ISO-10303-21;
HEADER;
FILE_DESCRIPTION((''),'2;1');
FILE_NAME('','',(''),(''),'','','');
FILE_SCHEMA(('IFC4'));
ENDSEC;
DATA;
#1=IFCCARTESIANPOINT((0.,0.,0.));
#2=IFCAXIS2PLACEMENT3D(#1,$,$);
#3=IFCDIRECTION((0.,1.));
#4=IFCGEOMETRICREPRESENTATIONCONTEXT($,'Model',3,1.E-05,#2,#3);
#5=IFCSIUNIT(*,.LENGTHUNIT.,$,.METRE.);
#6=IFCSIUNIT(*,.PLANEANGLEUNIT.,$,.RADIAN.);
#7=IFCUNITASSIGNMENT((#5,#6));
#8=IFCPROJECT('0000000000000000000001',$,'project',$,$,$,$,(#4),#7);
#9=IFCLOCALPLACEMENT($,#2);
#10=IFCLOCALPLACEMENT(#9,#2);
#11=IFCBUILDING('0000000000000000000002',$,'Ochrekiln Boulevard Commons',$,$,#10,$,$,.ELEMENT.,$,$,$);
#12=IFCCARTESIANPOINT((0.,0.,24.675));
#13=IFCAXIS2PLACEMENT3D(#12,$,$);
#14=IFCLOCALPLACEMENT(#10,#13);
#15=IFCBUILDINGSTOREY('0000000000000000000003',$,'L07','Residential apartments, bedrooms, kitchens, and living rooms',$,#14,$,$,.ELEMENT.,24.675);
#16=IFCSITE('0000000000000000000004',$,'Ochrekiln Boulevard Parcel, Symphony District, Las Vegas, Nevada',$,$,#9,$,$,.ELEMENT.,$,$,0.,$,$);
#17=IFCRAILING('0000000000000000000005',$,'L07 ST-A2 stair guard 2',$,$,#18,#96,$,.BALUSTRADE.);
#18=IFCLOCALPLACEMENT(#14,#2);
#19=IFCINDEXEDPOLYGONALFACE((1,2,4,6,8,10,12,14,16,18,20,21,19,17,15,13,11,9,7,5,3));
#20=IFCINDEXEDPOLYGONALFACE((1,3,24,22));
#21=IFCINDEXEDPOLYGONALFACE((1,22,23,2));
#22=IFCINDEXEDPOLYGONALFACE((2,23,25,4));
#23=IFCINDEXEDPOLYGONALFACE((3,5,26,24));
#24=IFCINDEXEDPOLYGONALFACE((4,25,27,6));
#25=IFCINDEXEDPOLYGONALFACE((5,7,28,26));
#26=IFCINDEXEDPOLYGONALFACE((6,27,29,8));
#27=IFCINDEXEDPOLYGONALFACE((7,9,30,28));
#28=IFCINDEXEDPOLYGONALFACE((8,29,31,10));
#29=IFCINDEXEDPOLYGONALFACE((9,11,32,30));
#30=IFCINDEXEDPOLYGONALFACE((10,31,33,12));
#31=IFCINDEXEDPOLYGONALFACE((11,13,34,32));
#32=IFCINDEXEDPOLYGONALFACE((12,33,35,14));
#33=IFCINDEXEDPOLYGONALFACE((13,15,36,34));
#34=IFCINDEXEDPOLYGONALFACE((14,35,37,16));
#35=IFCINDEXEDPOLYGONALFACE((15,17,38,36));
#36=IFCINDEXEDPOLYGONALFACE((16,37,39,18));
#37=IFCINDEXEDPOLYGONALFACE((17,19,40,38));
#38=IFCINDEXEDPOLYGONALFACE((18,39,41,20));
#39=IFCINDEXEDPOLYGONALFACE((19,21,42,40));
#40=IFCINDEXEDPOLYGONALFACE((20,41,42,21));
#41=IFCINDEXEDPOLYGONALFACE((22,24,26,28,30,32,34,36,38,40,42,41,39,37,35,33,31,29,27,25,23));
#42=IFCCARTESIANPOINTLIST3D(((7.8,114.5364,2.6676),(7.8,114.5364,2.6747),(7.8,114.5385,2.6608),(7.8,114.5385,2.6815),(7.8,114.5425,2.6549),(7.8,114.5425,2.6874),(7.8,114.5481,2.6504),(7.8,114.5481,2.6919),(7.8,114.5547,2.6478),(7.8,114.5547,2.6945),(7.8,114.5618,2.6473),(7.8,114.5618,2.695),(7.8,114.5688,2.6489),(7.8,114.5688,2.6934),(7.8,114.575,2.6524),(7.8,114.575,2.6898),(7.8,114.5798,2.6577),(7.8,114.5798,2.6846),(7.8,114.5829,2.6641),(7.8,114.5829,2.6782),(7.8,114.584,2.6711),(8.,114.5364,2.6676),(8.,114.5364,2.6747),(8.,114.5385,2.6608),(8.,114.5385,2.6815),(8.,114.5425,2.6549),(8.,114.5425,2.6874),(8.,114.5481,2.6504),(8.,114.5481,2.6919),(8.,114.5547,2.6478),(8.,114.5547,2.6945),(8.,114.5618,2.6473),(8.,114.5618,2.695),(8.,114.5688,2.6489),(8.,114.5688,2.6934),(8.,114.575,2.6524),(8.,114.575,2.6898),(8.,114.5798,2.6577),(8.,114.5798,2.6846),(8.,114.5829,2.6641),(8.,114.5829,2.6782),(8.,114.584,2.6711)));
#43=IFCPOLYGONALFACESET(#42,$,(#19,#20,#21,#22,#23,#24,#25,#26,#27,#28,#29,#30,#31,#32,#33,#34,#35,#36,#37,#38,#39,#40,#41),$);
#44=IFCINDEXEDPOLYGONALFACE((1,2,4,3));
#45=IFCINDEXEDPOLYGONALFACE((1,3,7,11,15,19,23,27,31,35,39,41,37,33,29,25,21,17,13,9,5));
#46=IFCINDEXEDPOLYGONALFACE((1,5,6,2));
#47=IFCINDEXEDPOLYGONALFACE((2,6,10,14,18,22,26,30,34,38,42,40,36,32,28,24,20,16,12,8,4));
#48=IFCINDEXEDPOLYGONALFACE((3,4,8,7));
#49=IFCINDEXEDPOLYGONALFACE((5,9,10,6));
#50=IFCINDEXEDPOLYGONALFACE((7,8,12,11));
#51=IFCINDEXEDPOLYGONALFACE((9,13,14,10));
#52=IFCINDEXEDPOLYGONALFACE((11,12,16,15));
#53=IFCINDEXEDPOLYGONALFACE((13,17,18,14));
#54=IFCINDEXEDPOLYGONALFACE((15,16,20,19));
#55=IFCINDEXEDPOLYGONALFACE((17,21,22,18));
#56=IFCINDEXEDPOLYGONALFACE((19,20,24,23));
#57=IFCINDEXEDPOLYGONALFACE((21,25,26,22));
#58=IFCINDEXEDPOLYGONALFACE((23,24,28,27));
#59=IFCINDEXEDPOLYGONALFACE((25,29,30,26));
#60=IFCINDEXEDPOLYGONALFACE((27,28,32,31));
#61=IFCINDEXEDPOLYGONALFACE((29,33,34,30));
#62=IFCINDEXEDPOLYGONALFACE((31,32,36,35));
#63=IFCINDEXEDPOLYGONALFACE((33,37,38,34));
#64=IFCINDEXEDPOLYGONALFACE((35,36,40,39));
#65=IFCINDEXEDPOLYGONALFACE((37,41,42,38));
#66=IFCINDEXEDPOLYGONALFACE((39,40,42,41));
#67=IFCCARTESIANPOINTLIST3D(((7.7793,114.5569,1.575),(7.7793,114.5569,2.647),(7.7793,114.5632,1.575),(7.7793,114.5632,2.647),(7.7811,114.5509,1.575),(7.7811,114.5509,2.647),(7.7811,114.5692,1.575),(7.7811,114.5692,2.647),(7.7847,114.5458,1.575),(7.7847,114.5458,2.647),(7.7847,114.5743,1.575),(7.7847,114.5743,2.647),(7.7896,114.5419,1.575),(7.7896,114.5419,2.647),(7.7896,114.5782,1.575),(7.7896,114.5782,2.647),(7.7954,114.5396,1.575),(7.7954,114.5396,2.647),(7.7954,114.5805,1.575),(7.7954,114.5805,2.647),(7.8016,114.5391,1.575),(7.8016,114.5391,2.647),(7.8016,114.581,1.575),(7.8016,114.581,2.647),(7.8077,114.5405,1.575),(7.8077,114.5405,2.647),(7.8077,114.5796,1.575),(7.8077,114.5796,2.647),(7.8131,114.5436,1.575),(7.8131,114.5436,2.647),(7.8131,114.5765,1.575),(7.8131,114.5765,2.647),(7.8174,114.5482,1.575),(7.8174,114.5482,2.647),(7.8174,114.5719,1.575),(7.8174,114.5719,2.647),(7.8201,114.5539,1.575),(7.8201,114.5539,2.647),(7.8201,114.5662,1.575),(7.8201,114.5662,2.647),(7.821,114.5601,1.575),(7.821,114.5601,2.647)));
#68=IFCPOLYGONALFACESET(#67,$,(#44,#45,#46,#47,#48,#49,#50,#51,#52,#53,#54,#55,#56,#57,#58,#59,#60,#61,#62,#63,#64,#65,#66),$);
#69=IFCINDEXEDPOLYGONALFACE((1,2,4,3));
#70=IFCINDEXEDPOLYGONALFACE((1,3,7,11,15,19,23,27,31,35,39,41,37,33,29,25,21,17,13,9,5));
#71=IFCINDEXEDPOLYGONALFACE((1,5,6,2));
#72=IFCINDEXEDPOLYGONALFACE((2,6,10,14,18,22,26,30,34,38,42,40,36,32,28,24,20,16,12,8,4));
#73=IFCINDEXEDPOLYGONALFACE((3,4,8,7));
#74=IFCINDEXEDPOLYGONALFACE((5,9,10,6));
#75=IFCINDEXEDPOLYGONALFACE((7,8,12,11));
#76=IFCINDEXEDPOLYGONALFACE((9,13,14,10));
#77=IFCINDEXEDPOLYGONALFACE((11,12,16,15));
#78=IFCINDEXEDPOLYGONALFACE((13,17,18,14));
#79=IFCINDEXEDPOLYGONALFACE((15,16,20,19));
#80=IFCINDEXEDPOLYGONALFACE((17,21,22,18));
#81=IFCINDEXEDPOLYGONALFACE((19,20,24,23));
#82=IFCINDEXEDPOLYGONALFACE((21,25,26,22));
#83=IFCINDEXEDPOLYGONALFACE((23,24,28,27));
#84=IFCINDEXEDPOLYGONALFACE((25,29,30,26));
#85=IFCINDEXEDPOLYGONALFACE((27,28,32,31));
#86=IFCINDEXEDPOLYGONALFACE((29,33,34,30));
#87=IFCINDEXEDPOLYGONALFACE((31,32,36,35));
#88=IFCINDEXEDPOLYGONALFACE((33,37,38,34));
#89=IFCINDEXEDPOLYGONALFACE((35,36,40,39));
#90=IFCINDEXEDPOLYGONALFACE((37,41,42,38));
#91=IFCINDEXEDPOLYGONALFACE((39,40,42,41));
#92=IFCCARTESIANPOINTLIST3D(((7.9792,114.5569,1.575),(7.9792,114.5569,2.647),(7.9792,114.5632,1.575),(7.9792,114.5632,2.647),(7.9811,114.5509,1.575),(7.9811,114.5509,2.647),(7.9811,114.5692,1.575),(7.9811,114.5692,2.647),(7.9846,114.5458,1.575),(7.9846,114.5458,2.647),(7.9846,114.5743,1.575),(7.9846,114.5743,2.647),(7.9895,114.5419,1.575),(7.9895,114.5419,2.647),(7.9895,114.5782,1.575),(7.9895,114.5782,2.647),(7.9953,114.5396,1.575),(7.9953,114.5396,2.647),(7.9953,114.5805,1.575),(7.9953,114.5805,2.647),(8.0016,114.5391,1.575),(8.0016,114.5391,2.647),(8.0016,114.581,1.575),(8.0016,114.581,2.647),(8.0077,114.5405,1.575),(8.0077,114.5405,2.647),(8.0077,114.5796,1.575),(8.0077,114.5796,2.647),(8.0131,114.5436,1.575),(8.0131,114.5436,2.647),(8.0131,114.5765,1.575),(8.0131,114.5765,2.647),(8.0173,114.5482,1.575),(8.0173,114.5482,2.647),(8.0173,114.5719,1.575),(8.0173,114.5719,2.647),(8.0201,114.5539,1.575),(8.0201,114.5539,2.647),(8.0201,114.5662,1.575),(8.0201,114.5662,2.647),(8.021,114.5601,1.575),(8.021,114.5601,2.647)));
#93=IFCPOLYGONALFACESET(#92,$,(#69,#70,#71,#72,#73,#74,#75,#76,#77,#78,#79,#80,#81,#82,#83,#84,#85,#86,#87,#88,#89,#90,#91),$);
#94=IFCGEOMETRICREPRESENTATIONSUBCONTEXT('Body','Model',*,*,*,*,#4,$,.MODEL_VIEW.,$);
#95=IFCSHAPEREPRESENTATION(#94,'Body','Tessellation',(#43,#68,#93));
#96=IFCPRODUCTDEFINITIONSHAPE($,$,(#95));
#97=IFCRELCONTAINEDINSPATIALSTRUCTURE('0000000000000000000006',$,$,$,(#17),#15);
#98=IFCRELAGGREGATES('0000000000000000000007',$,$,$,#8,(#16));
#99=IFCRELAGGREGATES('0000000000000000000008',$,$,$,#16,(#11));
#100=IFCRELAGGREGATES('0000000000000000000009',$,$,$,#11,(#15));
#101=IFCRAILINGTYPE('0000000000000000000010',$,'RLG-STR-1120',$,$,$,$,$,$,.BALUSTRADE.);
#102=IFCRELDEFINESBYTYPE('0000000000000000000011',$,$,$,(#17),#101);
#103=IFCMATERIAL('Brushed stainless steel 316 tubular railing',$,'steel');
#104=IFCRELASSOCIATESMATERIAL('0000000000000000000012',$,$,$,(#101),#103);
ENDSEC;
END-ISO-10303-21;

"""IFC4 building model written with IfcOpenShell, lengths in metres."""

from ifc_helpers import new_model, si_unit, direction, frame, origin, origin_2d, place, context, subcontext, project, spatial, circle, extrude, material, type_object, element, save


model = new_model("IFC4")

# Units and contexts
model_context = context("Model", 3, precision=1e-05, world=origin(), true_north=direction((0.0, 1.0)))
body_context = subcontext(model_context, "Body", "Model", "MODEL_VIEW")
ifc_project = project(units=[si_unit("LENGTHUNIT", "METRE"), si_unit("PLANEANGLEUNIT", "RADIAN")], contexts=[model_context])

# Site, building, storey
site_placement = place(None, origin())
site = spatial("IfcSite", under=ifc_project, at=site_placement, Name="Ochrekiln Boulevard Parcel, Symphony District, Las Vegas, Nevada", CompositionType="ELEMENT", RefElevation=0.0)
building_placement = place(site_placement, origin())
building = spatial("IfcBuilding", under=site, at=building_placement, Name="Ochrekiln Boulevard Commons", CompositionType="ELEMENT")
storey_placement = place(building_placement, frame((0.0, 0.0, 24.675)))
storey = spatial("IfcBuildingStorey", under=building, at=storey_placement, Name="L07", Description="Residential apartments, bedrooms, kitchens, and living rooms", CompositionType="ELEMENT", Elevation=24.675)

# Railing
ifc_material_1 = material(Name="Brushed stainless steel 316 tubular railing", Category="steel")
railing_type_1 = type_object("IfcRailingType", Name="RLG-STR-1120", PredefinedType="BALUSTRADE", material=ifc_material_1)
railing_1_placement = place(storey_placement, frame((7.8, 114.5601, 1.575)))
element("IfcRailing", 1, at=railing_1_placement, inside=storey, type_object=railing_type_1, Name="L07 ST-A2 stair guard 2", PredefinedType="BALUSTRADE", context=body_context, shape_type="SweptSolid", body=[
    extrude(circle(Radius=0.0239, at=origin_2d()), frame((0.0, 0.0, 1.0962), z_axis=(1.0, 0.0, 0.0), x_axis=(0.0, 1.0, 0.0)), (0.0, 0.0, 1.0), 0.2),
    extrude(circle(Radius=0.021, at=origin_2d()), origin(), (0.0, 0.0, 1.0), 1.072),
    extrude(circle(Radius=0.021, at=origin_2d()), frame((0.2, 0.0, 0.0)), (0.0, 0.0, 1.0), 1.072),
])

save(model, "model.ifc")
